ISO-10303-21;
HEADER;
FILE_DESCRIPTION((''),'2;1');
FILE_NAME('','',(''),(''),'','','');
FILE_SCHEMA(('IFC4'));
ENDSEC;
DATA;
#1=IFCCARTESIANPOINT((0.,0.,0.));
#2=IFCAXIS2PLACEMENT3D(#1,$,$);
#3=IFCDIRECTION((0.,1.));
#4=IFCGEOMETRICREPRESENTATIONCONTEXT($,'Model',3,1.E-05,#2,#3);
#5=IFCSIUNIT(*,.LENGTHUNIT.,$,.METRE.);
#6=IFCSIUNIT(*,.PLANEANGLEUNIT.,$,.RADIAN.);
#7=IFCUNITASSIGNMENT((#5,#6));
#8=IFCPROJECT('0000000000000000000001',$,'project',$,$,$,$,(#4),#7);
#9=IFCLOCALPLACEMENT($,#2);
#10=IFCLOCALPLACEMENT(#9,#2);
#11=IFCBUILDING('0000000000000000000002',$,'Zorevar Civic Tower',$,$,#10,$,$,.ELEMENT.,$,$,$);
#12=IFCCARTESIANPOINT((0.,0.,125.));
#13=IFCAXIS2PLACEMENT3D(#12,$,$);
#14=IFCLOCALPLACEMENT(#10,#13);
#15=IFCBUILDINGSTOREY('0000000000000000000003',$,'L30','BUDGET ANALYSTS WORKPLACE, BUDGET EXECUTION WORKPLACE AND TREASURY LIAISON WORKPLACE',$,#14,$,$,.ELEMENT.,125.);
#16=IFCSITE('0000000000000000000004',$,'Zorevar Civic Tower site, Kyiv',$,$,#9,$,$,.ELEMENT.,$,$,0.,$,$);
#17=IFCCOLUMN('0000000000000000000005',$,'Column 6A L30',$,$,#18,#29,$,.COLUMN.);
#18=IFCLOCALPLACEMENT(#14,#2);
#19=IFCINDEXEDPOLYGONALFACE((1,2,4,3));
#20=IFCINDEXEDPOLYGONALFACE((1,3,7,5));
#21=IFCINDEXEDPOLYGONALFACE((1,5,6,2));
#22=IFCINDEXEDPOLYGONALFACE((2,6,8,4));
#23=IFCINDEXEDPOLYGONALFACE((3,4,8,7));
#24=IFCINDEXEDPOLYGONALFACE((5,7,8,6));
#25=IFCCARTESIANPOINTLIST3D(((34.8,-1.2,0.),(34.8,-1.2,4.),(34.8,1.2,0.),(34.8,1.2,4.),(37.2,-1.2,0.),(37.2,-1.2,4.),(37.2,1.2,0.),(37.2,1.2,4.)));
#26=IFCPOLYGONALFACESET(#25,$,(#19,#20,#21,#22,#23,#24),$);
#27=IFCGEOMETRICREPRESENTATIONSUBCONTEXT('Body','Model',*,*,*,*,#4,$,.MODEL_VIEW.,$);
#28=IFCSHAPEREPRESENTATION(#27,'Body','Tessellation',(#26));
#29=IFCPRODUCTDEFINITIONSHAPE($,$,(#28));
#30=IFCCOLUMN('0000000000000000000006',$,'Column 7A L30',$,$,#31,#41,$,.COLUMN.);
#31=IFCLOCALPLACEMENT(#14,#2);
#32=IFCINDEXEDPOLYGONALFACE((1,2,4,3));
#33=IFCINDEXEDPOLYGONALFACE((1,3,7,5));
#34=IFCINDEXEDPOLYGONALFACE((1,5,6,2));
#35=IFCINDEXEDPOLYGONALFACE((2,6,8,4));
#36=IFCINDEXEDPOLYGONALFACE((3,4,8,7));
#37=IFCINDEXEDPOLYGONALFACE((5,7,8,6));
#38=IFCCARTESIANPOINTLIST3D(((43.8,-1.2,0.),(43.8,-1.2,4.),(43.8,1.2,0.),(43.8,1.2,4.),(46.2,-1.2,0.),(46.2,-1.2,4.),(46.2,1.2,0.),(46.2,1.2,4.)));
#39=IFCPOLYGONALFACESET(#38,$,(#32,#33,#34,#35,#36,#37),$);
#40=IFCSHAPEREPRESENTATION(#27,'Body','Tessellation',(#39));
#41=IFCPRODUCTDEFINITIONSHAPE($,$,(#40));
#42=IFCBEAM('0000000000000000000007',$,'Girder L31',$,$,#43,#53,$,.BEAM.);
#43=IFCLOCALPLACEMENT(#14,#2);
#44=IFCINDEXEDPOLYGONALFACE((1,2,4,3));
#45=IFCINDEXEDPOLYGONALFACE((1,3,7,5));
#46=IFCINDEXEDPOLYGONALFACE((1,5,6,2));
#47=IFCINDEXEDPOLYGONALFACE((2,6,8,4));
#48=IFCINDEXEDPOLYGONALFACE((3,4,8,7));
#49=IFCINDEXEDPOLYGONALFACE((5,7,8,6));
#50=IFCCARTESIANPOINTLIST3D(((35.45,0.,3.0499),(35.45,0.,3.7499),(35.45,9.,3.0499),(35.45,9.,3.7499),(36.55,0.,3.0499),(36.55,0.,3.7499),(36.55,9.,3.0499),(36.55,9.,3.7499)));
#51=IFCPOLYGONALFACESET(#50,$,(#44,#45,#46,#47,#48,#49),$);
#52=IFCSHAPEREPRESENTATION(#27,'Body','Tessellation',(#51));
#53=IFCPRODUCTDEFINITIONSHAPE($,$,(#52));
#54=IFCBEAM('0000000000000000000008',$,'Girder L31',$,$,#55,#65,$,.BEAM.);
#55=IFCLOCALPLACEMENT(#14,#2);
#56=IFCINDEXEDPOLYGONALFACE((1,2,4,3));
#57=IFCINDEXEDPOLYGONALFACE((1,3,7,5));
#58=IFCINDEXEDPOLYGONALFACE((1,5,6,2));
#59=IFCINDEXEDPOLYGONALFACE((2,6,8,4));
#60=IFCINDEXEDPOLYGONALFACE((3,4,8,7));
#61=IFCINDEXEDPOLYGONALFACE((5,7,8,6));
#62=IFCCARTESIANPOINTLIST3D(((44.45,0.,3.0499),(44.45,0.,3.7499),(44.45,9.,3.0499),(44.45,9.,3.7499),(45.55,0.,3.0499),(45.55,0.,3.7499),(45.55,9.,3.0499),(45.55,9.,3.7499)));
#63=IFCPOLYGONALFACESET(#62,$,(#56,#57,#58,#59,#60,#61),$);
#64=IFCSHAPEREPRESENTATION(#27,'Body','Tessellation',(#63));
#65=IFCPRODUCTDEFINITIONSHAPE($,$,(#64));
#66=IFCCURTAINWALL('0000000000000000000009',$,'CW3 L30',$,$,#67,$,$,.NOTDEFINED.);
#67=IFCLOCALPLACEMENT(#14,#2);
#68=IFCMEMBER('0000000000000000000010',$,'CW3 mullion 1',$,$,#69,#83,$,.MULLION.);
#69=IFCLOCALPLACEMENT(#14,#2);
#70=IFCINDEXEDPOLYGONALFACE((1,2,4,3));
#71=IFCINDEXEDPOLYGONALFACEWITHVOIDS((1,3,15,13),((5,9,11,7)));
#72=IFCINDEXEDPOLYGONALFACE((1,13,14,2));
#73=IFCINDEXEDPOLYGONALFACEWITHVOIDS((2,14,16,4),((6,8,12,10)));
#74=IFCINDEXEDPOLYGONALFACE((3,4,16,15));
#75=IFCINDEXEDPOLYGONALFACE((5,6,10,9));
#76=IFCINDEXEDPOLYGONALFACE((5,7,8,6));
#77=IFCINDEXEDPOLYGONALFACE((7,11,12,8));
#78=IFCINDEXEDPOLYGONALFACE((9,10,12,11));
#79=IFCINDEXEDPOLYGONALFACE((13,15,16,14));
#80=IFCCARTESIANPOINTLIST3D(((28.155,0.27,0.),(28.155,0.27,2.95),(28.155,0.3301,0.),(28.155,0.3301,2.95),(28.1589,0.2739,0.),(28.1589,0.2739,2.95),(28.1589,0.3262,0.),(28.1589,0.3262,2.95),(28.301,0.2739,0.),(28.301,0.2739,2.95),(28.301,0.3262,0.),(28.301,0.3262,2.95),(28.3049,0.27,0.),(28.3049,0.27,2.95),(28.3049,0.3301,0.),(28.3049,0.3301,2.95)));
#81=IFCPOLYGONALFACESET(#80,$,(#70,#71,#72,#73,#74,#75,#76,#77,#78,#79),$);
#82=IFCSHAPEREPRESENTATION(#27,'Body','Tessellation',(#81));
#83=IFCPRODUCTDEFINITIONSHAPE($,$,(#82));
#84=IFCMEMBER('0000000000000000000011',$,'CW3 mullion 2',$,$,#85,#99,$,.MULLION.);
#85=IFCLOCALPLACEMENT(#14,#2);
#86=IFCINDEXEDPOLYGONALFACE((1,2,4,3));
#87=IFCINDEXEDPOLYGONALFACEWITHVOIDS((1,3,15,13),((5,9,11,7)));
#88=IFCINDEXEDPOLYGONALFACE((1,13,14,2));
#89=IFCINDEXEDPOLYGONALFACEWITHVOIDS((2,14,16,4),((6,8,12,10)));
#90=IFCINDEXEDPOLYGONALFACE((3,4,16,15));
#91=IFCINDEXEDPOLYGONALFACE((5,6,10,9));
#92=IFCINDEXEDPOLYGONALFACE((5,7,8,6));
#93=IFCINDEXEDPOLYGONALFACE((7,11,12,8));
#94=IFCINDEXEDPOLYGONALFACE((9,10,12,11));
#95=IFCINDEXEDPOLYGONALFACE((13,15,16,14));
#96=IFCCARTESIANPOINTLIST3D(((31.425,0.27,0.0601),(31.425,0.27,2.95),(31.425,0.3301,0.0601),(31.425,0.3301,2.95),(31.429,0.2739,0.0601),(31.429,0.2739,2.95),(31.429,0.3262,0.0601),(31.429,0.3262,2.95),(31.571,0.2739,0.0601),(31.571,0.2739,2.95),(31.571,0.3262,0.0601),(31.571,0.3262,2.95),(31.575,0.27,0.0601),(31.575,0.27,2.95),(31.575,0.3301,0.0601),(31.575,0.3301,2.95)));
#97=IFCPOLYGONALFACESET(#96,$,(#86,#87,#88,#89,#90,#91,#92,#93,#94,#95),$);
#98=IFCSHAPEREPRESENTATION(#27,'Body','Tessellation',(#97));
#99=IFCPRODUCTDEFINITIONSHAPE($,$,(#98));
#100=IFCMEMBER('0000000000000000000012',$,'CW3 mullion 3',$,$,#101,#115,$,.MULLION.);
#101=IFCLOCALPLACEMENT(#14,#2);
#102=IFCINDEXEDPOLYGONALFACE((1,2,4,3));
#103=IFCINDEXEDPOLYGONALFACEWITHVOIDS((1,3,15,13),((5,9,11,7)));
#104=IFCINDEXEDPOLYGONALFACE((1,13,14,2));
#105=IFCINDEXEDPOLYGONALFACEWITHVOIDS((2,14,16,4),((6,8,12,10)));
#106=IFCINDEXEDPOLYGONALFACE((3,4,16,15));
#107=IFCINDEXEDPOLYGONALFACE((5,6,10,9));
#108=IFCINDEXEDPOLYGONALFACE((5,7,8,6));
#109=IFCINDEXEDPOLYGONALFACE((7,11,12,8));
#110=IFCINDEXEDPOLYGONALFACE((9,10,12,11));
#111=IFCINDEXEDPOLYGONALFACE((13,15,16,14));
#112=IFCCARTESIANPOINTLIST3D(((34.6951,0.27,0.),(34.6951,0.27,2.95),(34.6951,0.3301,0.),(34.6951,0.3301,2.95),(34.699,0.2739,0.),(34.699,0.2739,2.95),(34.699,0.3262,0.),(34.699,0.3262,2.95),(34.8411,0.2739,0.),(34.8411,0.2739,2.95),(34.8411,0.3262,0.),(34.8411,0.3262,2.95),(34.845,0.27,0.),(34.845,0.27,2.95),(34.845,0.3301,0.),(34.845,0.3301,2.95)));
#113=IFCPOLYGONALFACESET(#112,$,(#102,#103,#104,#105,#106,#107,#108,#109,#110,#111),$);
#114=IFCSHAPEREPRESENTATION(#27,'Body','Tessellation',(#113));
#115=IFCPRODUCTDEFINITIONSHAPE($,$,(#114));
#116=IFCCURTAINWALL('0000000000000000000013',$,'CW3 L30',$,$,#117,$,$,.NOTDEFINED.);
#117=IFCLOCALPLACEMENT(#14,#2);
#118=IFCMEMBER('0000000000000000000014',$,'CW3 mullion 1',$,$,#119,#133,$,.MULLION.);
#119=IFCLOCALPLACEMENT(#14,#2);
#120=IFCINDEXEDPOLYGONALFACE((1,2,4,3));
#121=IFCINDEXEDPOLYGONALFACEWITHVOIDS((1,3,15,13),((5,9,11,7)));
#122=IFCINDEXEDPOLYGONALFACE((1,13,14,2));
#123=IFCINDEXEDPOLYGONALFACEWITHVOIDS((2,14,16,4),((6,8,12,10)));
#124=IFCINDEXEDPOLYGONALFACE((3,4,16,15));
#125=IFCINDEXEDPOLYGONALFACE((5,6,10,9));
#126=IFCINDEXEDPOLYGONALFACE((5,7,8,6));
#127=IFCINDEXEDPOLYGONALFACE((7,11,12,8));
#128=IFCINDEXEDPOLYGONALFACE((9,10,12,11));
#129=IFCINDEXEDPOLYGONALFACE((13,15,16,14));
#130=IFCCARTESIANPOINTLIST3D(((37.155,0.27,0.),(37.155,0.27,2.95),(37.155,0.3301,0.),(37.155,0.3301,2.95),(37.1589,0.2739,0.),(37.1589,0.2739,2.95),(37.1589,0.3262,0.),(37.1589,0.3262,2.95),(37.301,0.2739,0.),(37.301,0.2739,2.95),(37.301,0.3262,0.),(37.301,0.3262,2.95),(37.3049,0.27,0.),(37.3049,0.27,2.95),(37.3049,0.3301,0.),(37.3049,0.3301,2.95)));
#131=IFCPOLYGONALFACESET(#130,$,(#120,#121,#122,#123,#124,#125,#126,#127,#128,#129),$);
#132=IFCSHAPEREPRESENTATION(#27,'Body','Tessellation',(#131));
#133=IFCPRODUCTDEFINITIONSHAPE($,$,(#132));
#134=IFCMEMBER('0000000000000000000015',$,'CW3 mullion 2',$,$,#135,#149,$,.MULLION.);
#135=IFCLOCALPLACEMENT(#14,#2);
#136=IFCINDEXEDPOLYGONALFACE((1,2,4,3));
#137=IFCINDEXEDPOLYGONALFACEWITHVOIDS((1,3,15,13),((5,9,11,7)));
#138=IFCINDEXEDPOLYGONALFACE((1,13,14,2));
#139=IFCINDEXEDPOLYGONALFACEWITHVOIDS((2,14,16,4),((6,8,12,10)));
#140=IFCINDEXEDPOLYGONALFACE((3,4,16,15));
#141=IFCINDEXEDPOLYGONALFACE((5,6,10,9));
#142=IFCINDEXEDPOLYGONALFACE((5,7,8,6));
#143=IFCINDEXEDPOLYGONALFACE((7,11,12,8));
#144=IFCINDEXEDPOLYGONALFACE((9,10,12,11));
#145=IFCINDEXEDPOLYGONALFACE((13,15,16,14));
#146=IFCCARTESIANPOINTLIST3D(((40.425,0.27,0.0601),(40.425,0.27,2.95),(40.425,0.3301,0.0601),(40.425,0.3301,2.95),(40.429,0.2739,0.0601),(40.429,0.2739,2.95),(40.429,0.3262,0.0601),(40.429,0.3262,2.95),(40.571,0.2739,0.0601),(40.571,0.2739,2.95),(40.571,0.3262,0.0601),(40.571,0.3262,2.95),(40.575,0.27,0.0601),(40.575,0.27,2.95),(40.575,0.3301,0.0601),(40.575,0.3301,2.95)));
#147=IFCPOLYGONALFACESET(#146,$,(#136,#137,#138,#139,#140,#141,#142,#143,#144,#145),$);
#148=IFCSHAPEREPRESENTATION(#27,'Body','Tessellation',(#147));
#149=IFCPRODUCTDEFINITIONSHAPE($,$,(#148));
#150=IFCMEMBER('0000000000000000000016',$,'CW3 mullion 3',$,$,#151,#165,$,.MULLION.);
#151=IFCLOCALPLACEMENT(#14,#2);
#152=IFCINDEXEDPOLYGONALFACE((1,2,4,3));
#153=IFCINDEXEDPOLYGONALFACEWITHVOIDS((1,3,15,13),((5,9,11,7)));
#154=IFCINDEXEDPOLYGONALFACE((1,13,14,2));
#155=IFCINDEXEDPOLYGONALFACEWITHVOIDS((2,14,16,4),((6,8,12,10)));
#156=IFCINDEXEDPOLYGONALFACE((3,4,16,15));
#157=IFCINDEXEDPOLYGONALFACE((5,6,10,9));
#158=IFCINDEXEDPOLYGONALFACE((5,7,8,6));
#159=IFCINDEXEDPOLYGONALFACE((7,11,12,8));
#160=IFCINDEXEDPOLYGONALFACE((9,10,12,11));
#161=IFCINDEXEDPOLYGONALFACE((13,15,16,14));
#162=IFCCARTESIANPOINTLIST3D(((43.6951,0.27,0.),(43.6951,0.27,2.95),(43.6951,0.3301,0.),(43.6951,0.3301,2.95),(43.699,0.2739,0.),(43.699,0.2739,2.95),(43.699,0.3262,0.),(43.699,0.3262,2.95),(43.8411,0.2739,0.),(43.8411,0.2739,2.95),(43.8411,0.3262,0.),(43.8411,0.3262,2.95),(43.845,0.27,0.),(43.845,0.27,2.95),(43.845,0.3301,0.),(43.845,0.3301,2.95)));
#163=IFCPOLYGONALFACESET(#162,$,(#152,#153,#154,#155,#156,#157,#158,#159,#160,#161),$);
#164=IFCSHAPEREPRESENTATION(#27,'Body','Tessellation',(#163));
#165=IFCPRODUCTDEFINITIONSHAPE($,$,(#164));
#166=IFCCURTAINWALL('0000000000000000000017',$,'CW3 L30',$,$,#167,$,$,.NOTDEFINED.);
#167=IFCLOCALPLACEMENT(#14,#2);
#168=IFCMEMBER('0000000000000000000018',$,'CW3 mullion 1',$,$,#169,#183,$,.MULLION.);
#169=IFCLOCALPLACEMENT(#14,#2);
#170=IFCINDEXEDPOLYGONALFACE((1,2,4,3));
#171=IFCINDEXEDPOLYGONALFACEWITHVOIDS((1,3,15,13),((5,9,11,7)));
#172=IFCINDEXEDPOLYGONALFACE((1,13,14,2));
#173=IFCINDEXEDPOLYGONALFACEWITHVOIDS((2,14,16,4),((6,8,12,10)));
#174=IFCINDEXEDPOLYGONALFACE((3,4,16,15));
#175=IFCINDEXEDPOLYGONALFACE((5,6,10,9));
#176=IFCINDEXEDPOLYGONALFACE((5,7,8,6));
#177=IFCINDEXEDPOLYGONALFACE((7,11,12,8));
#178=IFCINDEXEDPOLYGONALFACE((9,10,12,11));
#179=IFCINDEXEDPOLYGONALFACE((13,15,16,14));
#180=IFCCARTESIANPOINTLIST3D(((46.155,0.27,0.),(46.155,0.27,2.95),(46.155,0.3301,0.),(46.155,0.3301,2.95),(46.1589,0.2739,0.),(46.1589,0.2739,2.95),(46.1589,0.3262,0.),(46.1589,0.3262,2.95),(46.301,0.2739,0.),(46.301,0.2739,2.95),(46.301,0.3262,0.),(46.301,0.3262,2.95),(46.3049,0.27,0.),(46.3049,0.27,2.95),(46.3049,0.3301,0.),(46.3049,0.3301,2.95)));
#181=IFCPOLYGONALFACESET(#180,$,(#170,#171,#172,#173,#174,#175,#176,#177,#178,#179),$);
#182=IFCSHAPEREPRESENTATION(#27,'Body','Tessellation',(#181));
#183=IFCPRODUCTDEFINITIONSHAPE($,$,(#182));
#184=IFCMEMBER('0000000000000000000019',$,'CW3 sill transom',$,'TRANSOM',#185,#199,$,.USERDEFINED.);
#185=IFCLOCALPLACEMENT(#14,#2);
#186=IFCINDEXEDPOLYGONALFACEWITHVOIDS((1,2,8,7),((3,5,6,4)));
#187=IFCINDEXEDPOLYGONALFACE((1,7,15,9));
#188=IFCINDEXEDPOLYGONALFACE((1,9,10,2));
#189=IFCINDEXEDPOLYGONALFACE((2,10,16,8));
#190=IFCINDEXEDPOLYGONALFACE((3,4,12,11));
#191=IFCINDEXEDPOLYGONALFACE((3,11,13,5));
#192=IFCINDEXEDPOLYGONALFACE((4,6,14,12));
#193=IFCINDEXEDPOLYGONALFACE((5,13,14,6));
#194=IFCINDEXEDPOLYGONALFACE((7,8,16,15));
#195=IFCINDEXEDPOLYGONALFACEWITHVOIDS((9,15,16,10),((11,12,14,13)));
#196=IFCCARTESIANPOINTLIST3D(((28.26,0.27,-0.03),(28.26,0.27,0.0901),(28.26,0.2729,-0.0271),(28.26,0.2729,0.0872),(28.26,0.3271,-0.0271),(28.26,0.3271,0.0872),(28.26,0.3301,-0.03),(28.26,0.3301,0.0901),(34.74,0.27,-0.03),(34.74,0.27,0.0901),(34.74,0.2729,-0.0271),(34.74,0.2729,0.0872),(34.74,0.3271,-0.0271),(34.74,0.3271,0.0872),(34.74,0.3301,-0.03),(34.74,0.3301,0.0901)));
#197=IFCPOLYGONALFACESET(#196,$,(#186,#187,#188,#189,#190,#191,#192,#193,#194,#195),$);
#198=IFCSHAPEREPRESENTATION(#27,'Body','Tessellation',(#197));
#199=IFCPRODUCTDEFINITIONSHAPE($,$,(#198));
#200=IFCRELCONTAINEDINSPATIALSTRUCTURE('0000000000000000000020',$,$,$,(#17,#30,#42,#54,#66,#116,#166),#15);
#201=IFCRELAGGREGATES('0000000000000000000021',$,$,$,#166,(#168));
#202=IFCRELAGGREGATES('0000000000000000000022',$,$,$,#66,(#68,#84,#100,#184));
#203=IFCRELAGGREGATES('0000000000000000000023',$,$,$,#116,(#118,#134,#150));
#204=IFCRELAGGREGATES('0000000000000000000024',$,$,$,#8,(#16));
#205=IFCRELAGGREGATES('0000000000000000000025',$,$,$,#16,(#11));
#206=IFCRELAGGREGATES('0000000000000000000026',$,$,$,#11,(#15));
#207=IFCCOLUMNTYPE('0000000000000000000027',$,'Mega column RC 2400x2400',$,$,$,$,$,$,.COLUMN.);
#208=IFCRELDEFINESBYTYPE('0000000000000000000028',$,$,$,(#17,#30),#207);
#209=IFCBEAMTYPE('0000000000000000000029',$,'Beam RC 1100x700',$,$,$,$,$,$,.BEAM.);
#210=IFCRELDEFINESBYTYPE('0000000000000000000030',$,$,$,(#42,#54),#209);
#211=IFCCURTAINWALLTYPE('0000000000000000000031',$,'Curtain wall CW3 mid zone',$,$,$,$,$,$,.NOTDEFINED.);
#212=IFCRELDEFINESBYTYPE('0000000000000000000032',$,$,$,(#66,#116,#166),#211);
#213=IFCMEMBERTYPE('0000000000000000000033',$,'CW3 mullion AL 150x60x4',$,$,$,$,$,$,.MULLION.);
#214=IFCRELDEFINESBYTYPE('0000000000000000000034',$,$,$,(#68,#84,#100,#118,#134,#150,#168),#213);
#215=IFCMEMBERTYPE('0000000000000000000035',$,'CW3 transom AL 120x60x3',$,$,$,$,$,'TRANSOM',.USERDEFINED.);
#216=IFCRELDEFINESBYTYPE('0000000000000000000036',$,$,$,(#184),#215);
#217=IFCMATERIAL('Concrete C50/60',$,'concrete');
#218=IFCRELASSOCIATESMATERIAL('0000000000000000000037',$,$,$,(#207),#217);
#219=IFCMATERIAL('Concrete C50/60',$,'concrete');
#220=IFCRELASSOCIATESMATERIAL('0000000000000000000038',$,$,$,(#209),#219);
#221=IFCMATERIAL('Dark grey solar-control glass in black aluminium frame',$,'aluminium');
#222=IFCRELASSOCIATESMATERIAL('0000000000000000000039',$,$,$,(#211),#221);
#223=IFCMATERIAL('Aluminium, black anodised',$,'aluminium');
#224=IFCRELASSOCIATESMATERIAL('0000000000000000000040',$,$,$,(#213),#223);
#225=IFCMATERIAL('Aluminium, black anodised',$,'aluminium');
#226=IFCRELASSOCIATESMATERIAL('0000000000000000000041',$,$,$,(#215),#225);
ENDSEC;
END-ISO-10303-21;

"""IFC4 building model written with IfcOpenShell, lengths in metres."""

from ifc_helpers import new_model, si_unit, direction, frame, origin, origin_2d, place, context, subcontext, project, spatial, rectangle, hollow_rectangle, extrude, material, material_profile, profile_set, type_object, element, aggregate, save


model = new_model("IFC4")

# Units and contexts
model_context = context("Model", 3, precision=1e-05, world=origin(), true_north=direction((0.0, 1.0)))
body_context = subcontext(model_context, "Body", "Model", "MODEL_VIEW")
ifc_project = project(units=[si_unit("LENGTHUNIT", "METRE"), si_unit("PLANEANGLEUNIT", "RADIAN")], contexts=[model_context])

# Site, building, storey
site_placement = place(None, origin())
site = spatial("IfcSite", under=ifc_project, at=site_placement, Name="Zorevar Civic Tower site, Kyiv", CompositionType="ELEMENT", RefElevation=0.0)
building_placement = place(site_placement, origin())
building = spatial("IfcBuilding", under=site, at=building_placement, Name="Zorevar Civic Tower", CompositionType="ELEMENT")
storey_placement = place(building_placement, frame((0.0, 0.0, 125.0)))
storey = spatial("IfcBuildingStorey", under=building, at=storey_placement, Name="L30", Description="BUDGET ANALYSTS WORKPLACE, BUDGET EXECUTION WORKPLACE AND TREASURY LIAISON WORKPLACE", CompositionType="ELEMENT", Elevation=125.0)

# Columns
ifc_material_1 = material(Name="Concrete C50/60", Category="concrete")
ifc_material_profile_1 = material_profile(ifc_material_1, rectangle(XDim=2.3999, YDim=2.3999, at=origin_2d()), Name="RC 2400x2400")
ifc_profile_set_1 = profile_set([ifc_material_profile_1], Name="Concrete C50/60")
column_type = type_object("IfcColumnType", Name="Mega column RC 2400x2400", PredefinedType="COLUMN", material=ifc_profile_set_1)
for number, where, z_axis, x_axis, name in (
    (1, (36.0, 0.0, 0.0), (0.0, 0.0, 1.0), (1.0, 0.0, 0.0), "Column 6A L30"),
    (2, (45.0, 0.0, 0.0), (0.0, 0.0, 1.0), (1.0, 0.0, 0.0), "Column 7A L30"),
):
    element("IfcColumn", number, at=place(storey_placement, frame(where, z_axis=z_axis, x_axis=x_axis)), inside=storey, type_object=column_type, Name=name, PredefinedType="COLUMN", context=body_context, shape_type="SweptSolid", body=[
        extrude(rectangle(XDim=2.3999, YDim=2.3999, at=origin_2d()), origin(), (0.0, 0.0, 1.0), 4.0),
    ])

# Beams
ifc_material_2 = material(Name="Concrete C50/60", Category="concrete")
ifc_material_profile_2 = material_profile(ifc_material_2, rectangle(XDim=1.1001, YDim=0.7, at=origin_2d()), Name="RC 1100x700")
ifc_profile_set_2 = profile_set([ifc_material_profile_2], Name="Concrete C50/60")
beam_type_1 = type_object("IfcBeamType", Name="Beam RC 1100x700", PredefinedType="BEAM", material=ifc_profile_set_2)
for number, where, z_axis, x_axis, name in (
    (3, (36.0, 0.0, 3.3999), (0.0, 1.0, 0.0), (-1.0, 0.0, 0.0), "Girder L31"),
    (4, (45.0, 0.0, 3.3999), (0.0, 1.0, 0.0), (-1.0, 0.0, 0.0), "Girder L31"),
):
    element("IfcBeam", number, at=place(storey_placement, frame(where, z_axis=z_axis, x_axis=x_axis)), inside=storey, type_object=beam_type_1, Name=name, PredefinedType="BEAM", context=body_context, shape_type="SweptSolid", body=[
        extrude(rectangle(XDim=1.1001, YDim=0.7, at=origin_2d()), origin(), (0.0, 0.0, 1.0), 9.0),
    ])

# Curtain walls, members
ifc_material_3 = material(Name="Dark grey solar-control glass in black aluminium frame", Category="aluminium")
curtain_wall_type = type_object("IfcCurtainWallType", Name="Curtain wall CW3 mid zone", PredefinedType="NOTDEFINED", material=ifc_material_3)
curtain_wall_1_placement = place(storey_placement, origin())
curtain_wall_1 = element("IfcCurtainWall", 5, at=curtain_wall_1_placement, inside=storey, type_object=curtain_wall_type, Name="CW3 L30", PredefinedType="NOTDEFINED")
ifc_material_4 = material(Name="Aluminium, black anodised", Category="aluminium")
ifc_material_profile_3 = material_profile(ifc_material_4, hollow_rectangle(XDim=0.0601, YDim=0.1499, WallThickness=0.0039, at=origin_2d()), Name="AL 150x60x4")
ifc_profile_set_3 = profile_set([ifc_material_profile_3], Name="Aluminium, black anodised")
member_type_1 = type_object("IfcMemberType", Name="CW3 mullion AL 150x60x4", PredefinedType="MULLION", material=ifc_profile_set_3)
member_1_placement = place(storey_placement, frame((28.23, 0.3, 0.0), z_axis=(0.0, 0.0, 1.0), x_axis=(0.0, 1.0, 0.0)))
member_1 = element("IfcMember", 6, at=member_1_placement, type_object=member_type_1, Name="CW3 mullion 1", PredefinedType="MULLION", context=body_context, shape_type="SweptSolid", body=[
    extrude(hollow_rectangle(XDim=0.0601, YDim=0.1499, WallThickness=0.0039, at=origin_2d()), origin(), (0.0, 0.0, 1.0), 2.95),
])
member_2_placement = place(storey_placement, frame((31.5, 0.3, 0.0601), z_axis=(0.0, 0.0, 1.0), x_axis=(0.0, 1.0, 0.0)))
member_2 = element("IfcMember", 7, at=member_2_placement, type_object=member_type_1, Name="CW3 mullion 2", PredefinedType="MULLION", context=body_context, shape_type="SweptSolid", body=[
    extrude(hollow_rectangle(XDim=0.0601, YDim=0.1499, WallThickness=0.0039, at=origin_2d()), origin(), (0.0, 0.0, 1.0), 2.8899),
])
member_3_placement = place(storey_placement, frame((34.77, 0.3, 0.0), z_axis=(0.0, 0.0, 1.0), x_axis=(0.0, 1.0, 0.0)))
member_3 = element("IfcMember", 8, at=member_3_placement, type_object=member_type_1, Name="CW3 mullion 3", PredefinedType="MULLION", context=body_context, shape_type="SweptSolid", body=[
    extrude(hollow_rectangle(XDim=0.0601, YDim=0.1499, WallThickness=0.0039, at=origin_2d()), origin(), (0.0, 0.0, 1.0), 2.95),
])
curtain_wall_2_placement = place(storey_placement, origin())
curtain_wall_2 = element("IfcCurtainWall", 9, at=curtain_wall_2_placement, inside=storey, type_object=curtain_wall_type, Name="CW3 L30", PredefinedType="NOTDEFINED")
member_4_placement = place(storey_placement, frame((37.23, 0.3, 0.0), z_axis=(0.0, 0.0, 1.0), x_axis=(0.0, 1.0, 0.0)))
member_4 = element("IfcMember", 10, at=member_4_placement, type_object=member_type_1, Name="CW3 mullion 1", PredefinedType="MULLION", context=body_context, shape_type="SweptSolid", body=[
    extrude(hollow_rectangle(XDim=0.0601, YDim=0.1499, WallThickness=0.0039, at=origin_2d()), origin(), (0.0, 0.0, 1.0), 2.95),
])
member_5_placement = place(storey_placement, frame((40.5, 0.3, 0.0601), z_axis=(0.0, 0.0, 1.0), x_axis=(0.0, 1.0, 0.0)))
member_5 = element("IfcMember", 11, at=member_5_placement, type_object=member_type_1, Name="CW3 mullion 2", PredefinedType="MULLION", context=body_context, shape_type="SweptSolid", body=[
    extrude(hollow_rectangle(XDim=0.0601, YDim=0.1499, WallThickness=0.0039, at=origin_2d()), origin(), (0.0, 0.0, 1.0), 2.8899),
])
member_6_placement = place(storey_placement, frame((43.77, 0.3, 0.0), z_axis=(0.0, 0.0, 1.0), x_axis=(0.0, 1.0, 0.0)))
member_6 = element("IfcMember", 12, at=member_6_placement, type_object=member_type_1, Name="CW3 mullion 3", PredefinedType="MULLION", context=body_context, shape_type="SweptSolid", body=[
    extrude(hollow_rectangle(XDim=0.0601, YDim=0.1499, WallThickness=0.0039, at=origin_2d()), origin(), (0.0, 0.0, 1.0), 2.95),
])

# Curtain wall, member
curtain_wall_3_placement = place(storey_placement, origin())
curtain_wall_3 = element("IfcCurtainWall", 13, at=curtain_wall_3_placement, inside=storey, type_object=curtain_wall_type, Name="CW3 L30", PredefinedType="NOTDEFINED")
member_7_placement = place(storey_placement, frame((46.23, 0.3, 0.0), z_axis=(0.0, 0.0, 1.0), x_axis=(0.0, 1.0, 0.0)))
member_7 = element("IfcMember", 14, at=member_7_placement, type_object=member_type_1, Name="CW3 mullion 1", PredefinedType="MULLION", context=body_context, shape_type="SweptSolid", body=[
    extrude(hollow_rectangle(XDim=0.0601, YDim=0.1499, WallThickness=0.0039, at=origin_2d()), origin(), (0.0, 0.0, 1.0), 2.95),
])

# Member
ifc_material_5 = material(Name="Aluminium, black anodised", Category="aluminium")
ifc_material_profile_4 = material_profile(ifc_material_5, hollow_rectangle(XDim=0.0601, YDim=0.1201, WallThickness=0.0029, at=origin_2d()), Name="AL 120x60x3")
ifc_profile_set_4 = profile_set([ifc_material_profile_4], Name="Aluminium, black anodised")
member_type_2 = type_object("IfcMemberType", Name="CW3 transom AL 120x60x3", ElementType="TRANSOM", PredefinedType="USERDEFINED", material=ifc_profile_set_4)
member_8_placement = place(storey_placement, frame((28.26, 0.3, 0.03), z_axis=(1.0, 0.0, 0.0), x_axis=(0.0, 1.0, 0.0)))
member_8 = element("IfcMember", 15, at=member_8_placement, type_object=member_type_2, Name="CW3 sill transom", ObjectType="TRANSOM", PredefinedType="USERDEFINED", context=body_context, shape_type="SweptSolid", body=[
    extrude(hollow_rectangle(XDim=0.0601, YDim=0.1201, WallThickness=0.0029, at=origin_2d()), origin(), (0.0, 0.0, 1.0), 6.48),
])
aggregate(curtain_wall_3, [member_7])

aggregate(curtain_wall_1, [member_1, member_2, member_3, member_8])
aggregate(curtain_wall_2, [member_4, member_5, member_6])

save(model, "model.ifc")
